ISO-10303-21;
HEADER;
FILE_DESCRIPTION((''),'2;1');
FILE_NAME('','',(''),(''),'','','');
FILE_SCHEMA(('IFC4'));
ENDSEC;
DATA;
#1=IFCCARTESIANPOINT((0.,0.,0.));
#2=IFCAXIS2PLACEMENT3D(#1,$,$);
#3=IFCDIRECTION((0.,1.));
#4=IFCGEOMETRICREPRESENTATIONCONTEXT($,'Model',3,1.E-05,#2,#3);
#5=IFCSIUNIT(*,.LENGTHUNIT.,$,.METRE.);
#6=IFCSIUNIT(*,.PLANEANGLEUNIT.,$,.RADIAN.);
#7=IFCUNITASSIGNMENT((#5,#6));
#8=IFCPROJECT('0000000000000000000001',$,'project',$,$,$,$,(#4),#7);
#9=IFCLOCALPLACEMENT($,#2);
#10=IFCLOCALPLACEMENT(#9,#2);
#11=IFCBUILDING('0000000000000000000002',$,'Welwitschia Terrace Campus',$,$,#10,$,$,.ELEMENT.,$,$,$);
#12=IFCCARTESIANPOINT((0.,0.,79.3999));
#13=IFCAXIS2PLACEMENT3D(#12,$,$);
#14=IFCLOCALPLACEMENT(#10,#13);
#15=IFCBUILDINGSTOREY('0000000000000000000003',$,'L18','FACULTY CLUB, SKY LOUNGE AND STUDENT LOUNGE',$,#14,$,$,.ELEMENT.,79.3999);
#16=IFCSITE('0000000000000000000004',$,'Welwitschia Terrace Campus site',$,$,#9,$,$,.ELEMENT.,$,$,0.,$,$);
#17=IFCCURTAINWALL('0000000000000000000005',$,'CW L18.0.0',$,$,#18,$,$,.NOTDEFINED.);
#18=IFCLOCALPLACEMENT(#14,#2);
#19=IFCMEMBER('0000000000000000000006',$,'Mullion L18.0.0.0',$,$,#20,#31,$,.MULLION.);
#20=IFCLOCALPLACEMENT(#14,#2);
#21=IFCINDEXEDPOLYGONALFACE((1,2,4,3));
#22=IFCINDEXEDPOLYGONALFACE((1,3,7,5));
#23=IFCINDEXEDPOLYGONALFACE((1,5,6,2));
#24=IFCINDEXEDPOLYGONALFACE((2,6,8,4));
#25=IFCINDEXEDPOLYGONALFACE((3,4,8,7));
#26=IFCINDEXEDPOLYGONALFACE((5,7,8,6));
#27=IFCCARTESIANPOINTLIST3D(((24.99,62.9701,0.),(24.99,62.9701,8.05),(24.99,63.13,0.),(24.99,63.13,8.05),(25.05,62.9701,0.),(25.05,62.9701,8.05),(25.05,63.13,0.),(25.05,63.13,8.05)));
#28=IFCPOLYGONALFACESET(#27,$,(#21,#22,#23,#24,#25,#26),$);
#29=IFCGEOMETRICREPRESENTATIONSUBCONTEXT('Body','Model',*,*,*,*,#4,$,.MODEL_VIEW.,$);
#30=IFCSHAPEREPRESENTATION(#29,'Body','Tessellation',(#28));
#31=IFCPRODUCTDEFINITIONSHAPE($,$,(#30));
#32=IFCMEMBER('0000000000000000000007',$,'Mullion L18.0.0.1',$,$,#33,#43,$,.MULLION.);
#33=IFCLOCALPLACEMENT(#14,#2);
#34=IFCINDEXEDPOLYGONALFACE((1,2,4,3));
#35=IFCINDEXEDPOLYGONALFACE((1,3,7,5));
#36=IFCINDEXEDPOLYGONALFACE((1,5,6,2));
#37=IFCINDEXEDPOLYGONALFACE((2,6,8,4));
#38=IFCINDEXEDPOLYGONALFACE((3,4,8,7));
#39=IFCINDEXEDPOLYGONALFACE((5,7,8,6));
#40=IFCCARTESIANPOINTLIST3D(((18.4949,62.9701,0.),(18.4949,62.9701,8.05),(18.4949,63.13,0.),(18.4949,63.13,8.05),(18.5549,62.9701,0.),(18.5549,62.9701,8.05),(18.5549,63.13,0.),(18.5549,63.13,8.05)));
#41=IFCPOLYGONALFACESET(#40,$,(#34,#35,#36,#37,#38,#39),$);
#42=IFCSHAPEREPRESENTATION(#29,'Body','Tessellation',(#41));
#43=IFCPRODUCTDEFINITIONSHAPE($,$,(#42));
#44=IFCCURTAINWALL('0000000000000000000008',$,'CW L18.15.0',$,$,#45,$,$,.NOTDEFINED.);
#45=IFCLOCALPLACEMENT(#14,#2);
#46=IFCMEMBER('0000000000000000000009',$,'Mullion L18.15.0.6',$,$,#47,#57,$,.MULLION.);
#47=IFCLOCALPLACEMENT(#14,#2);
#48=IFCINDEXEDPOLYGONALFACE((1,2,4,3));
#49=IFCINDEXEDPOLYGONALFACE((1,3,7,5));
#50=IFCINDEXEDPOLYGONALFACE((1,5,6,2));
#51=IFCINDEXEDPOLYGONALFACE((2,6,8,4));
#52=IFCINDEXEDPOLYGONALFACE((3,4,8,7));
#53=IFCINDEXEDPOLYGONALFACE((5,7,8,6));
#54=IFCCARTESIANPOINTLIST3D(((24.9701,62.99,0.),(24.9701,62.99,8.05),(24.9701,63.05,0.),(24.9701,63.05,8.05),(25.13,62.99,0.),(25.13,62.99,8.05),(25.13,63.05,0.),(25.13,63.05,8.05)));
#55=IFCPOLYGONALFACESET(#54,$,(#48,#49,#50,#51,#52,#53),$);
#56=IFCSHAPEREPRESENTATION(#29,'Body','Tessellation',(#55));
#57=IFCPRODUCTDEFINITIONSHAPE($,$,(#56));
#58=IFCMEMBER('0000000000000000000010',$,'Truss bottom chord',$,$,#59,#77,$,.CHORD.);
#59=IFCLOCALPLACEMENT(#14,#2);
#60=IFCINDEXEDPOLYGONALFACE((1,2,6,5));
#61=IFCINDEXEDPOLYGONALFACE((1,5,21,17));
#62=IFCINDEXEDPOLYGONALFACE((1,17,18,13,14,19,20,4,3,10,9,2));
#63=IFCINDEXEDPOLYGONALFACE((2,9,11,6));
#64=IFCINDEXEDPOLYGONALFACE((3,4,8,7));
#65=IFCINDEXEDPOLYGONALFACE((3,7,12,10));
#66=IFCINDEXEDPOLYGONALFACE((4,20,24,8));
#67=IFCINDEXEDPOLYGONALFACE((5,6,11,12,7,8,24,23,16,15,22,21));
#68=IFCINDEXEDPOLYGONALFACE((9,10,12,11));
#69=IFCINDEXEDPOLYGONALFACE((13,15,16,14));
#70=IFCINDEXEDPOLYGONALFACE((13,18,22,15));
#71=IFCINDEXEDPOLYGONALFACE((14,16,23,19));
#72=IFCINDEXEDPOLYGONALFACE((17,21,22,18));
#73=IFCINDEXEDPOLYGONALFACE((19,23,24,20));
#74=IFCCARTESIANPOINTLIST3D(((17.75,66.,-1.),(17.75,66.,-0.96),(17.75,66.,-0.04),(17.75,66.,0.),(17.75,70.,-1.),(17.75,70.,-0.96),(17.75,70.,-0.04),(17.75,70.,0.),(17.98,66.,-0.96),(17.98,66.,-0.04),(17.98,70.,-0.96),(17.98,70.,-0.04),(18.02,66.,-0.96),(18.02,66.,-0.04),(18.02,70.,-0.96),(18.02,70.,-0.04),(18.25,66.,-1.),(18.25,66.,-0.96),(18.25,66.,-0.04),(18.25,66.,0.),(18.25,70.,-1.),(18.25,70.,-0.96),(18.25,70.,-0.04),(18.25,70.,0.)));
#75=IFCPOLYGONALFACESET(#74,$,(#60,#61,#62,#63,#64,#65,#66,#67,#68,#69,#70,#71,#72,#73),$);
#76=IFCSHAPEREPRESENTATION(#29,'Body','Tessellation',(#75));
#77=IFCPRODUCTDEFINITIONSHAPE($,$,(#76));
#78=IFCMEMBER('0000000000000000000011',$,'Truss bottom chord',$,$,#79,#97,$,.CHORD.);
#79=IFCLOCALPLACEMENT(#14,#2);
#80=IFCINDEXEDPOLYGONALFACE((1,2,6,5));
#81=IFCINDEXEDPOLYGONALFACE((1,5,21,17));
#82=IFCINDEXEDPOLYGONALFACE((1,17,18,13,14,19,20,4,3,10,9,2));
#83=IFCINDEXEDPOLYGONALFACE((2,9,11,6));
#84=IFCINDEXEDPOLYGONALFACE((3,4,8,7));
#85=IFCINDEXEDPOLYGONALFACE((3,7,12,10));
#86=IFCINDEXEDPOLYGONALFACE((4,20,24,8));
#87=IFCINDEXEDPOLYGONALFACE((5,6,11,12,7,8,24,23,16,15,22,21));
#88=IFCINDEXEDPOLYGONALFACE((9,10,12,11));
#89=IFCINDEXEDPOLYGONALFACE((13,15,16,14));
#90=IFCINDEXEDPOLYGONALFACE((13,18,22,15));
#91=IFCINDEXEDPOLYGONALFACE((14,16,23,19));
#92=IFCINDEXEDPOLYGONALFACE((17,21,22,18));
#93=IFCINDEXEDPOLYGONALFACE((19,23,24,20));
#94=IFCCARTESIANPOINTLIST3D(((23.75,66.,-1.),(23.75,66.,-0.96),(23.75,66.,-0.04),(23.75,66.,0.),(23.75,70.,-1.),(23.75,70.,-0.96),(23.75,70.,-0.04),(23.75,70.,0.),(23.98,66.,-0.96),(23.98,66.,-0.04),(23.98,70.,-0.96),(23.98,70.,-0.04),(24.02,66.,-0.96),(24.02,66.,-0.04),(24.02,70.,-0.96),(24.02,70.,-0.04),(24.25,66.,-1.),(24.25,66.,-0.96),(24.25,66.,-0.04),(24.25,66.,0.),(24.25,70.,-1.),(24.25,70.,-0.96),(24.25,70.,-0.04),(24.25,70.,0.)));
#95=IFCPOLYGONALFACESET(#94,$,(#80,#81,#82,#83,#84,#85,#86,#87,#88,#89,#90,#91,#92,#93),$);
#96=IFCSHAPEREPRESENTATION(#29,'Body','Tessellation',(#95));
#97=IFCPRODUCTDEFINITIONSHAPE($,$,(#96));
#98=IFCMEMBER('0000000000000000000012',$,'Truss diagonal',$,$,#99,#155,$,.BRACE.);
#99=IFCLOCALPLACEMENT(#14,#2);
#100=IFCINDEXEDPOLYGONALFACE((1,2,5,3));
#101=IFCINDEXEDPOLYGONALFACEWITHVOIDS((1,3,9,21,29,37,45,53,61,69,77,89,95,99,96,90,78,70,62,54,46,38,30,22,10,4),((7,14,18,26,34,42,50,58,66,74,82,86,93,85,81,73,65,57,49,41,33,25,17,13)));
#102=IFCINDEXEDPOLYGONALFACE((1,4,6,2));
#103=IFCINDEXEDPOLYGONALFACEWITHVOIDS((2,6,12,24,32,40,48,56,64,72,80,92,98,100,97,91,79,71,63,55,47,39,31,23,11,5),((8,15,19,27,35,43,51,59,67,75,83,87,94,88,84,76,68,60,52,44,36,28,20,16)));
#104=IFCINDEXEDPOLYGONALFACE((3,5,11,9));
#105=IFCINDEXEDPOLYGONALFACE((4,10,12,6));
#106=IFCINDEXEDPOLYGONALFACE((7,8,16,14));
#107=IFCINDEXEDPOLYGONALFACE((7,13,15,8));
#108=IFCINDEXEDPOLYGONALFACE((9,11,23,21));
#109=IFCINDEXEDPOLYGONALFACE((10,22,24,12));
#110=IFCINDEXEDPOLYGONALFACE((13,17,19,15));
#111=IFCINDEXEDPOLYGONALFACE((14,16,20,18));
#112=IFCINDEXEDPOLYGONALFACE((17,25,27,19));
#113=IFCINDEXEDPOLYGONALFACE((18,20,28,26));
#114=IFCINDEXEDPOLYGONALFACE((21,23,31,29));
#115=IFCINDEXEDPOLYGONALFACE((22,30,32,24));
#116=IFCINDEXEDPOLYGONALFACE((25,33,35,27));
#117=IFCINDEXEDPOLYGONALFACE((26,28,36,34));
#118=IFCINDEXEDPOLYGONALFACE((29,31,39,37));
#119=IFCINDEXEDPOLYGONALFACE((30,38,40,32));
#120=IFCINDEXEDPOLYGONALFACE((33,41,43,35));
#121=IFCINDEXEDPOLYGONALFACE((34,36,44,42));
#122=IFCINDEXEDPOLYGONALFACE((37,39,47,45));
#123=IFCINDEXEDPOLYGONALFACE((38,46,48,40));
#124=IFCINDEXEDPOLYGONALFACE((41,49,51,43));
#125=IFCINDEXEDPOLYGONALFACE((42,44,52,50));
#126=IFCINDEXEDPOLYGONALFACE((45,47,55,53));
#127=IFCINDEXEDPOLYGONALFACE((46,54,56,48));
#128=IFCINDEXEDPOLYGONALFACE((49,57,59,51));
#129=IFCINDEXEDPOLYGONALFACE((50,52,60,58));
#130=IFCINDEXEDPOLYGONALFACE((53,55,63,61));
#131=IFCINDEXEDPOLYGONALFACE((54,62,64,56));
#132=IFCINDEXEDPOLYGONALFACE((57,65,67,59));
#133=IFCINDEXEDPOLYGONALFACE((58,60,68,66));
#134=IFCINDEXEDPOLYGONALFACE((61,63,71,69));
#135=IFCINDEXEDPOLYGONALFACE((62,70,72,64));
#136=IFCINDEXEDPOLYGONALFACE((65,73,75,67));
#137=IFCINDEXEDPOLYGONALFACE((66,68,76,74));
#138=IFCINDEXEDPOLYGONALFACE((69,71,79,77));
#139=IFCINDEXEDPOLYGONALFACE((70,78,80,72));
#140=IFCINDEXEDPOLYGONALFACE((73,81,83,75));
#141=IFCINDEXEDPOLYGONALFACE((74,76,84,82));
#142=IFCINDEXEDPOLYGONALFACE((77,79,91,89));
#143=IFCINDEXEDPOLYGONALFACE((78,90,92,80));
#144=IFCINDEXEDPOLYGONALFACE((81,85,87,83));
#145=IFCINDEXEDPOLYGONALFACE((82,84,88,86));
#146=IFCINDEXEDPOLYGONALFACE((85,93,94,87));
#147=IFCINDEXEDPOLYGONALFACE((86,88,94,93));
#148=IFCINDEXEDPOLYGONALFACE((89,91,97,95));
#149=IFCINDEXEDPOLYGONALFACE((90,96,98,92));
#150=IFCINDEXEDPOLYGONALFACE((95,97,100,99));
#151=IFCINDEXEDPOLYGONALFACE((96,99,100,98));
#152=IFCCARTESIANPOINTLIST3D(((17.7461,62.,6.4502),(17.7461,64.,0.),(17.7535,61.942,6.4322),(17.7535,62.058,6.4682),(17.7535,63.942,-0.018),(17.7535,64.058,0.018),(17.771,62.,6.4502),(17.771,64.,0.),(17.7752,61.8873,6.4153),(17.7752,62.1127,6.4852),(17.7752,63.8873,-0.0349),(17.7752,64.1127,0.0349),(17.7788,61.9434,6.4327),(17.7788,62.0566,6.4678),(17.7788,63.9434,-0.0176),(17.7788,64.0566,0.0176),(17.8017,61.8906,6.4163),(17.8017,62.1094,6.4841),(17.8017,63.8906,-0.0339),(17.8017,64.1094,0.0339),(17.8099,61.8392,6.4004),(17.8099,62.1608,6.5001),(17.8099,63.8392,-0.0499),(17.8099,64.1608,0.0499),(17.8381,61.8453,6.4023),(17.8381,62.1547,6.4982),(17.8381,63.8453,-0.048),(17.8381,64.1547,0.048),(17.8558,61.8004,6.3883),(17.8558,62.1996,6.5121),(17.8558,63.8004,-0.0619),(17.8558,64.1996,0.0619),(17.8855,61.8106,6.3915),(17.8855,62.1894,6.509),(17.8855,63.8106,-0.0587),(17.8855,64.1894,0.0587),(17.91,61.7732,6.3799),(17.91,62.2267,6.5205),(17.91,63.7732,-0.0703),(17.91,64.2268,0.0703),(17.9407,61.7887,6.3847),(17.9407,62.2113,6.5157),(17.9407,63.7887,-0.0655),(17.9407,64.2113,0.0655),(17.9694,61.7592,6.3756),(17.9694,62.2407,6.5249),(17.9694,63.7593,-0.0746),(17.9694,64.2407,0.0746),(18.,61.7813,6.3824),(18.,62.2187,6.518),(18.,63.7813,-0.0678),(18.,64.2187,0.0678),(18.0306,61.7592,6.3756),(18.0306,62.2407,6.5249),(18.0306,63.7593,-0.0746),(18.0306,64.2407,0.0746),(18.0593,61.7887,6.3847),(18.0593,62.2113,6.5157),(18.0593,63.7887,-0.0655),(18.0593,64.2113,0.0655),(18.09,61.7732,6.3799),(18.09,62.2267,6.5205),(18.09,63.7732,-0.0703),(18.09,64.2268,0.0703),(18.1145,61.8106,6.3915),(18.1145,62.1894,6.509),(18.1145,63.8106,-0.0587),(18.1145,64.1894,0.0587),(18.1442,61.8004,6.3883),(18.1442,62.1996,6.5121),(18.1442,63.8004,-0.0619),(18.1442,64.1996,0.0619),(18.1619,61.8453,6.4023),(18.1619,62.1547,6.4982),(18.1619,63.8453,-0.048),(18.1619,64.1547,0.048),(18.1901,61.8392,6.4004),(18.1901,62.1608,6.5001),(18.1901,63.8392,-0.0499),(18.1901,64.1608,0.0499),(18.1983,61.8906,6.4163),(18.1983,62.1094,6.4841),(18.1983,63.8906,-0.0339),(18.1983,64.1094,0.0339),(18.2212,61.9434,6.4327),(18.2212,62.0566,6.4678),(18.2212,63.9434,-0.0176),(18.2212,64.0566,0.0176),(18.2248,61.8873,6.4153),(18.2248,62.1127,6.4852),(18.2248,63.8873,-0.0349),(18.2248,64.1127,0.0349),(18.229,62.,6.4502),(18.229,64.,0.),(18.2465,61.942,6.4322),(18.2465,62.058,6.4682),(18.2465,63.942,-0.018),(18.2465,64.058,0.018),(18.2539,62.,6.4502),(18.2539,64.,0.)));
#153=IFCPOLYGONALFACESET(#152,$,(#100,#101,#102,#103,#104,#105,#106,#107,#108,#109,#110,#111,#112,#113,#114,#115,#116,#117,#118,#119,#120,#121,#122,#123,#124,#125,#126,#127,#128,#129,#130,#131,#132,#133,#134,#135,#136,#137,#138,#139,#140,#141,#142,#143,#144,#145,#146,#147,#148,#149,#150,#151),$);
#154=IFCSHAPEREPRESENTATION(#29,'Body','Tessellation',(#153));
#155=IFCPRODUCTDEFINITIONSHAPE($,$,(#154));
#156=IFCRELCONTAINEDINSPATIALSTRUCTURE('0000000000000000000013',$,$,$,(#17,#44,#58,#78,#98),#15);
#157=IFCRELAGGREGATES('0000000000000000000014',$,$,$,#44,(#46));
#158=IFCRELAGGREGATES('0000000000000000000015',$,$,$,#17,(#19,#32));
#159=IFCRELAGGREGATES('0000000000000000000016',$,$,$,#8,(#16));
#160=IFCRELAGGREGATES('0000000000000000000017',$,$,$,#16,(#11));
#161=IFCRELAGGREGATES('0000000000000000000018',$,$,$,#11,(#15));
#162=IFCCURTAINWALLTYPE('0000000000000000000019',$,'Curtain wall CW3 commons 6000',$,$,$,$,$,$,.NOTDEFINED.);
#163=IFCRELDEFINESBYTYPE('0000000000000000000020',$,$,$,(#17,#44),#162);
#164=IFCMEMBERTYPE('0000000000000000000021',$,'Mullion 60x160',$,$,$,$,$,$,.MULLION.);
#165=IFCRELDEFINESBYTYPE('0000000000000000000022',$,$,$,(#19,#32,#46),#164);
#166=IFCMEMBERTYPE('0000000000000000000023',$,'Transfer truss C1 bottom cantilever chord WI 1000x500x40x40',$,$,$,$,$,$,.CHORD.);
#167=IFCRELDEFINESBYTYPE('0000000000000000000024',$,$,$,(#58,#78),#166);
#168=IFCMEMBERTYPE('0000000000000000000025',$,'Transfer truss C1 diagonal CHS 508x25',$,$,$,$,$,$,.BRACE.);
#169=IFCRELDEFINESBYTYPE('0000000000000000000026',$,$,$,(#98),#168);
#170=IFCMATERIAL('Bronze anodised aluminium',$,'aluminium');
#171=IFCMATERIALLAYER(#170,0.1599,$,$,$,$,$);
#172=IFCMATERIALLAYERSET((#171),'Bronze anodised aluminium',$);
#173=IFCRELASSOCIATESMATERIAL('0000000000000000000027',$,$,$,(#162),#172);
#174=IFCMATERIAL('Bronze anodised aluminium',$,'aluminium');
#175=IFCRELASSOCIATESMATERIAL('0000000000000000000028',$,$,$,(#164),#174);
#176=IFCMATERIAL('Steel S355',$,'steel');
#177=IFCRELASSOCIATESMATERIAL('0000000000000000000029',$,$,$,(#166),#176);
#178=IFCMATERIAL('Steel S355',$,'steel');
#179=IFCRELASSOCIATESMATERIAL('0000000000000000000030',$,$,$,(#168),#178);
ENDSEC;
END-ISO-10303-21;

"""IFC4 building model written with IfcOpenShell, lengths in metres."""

from ifc_helpers import new_model, si_unit, direction, frame, origin, origin_2d, place, context, subcontext, project, spatial, rectangle, hollow_circle, i_section, extrude, material, layer, layer_set, material_profile, profile_set, type_object, element, aggregate, save


model = new_model("IFC4")

# Units and contexts
model_context = context("Model", 3, precision=1e-05, world=origin(), true_north=direction((0.0, 1.0)))
body_context = subcontext(model_context, "Body", "Model", "MODEL_VIEW")
ifc_project = project(units=[si_unit("LENGTHUNIT", "METRE"), si_unit("PLANEANGLEUNIT", "RADIAN")], contexts=[model_context])

# Site, building, storey
site_placement = place(None, origin())
site = spatial("IfcSite", under=ifc_project, at=site_placement, Name="Welwitschia Terrace Campus site", CompositionType="ELEMENT", RefElevation=0.0)
building_placement = place(site_placement, origin())
building = spatial("IfcBuilding", under=site, at=building_placement, Name="Welwitschia Terrace Campus", CompositionType="ELEMENT")
storey_placement = place(building_placement, frame((0.0, 0.0, 79.3999)))
storey = spatial("IfcBuildingStorey", under=building, at=storey_placement, Name="L18", Description="FACULTY CLUB, SKY LOUNGE AND STUDENT LOUNGE", CompositionType="ELEMENT", Elevation=79.3999)

# Curtain wall, members
ifc_material_1 = material(Name="Bronze anodised aluminium", Category="aluminium")
ifc_layer_1 = layer(ifc_material_1, 0.1599)
ifc_layer_set_1 = layer_set([ifc_layer_1], Name="Bronze anodised aluminium")
curtain_wall_type = type_object("IfcCurtainWallType", Name="Curtain wall CW3 commons 6000", PredefinedType="NOTDEFINED", material=ifc_layer_set_1)
curtain_wall_1_placement = place(storey_placement, origin())
curtain_wall_1 = element("IfcCurtainWall", 1, at=curtain_wall_1_placement, inside=storey, type_object=curtain_wall_type, Name="CW L18.0.0", PredefinedType="NOTDEFINED")
ifc_material_2 = material(Name="Bronze anodised aluminium", Category="aluminium")
ifc_material_profile_1 = material_profile(ifc_material_2, rectangle(XDim=0.1599, YDim=0.0601, at=origin_2d()))
ifc_profile_set_1 = profile_set([ifc_material_profile_1], Name="Bronze anodised aluminium")
member_type_1 = type_object("IfcMemberType", Name="Mullion 60x160", PredefinedType="MULLION", material=ifc_profile_set_1)
member_1_placement = place(storey_placement, frame((25.02, 63.05, 0.0), z_axis=(0.0, 0.0, 1.0), x_axis=(0.0, -1.0, 0.0)))
member_1 = element("IfcMember", 2, at=member_1_placement, type_object=member_type_1, Name="Mullion L18.0.0.0", PredefinedType="MULLION", context=body_context, shape_type="SweptSolid", body=[
    extrude(rectangle(XDim=0.1599, YDim=0.0601, at=origin_2d()), origin(), (0.0, 0.0, 1.0), 8.05),
])
member_2_placement = place(storey_placement, frame((18.5249, 63.05, 0.0), z_axis=(0.0, 0.0, 1.0), x_axis=(0.0, -1.0, 0.0)))
member_2 = element("IfcMember", 3, at=member_2_placement, type_object=member_type_1, Name="Mullion L18.0.0.1", PredefinedType="MULLION", context=body_context, shape_type="SweptSolid", body=[
    extrude(rectangle(XDim=0.1599, YDim=0.0601, at=origin_2d()), origin(), (0.0, 0.0, 1.0), 8.05),
])

# Curtain wall, member
curtain_wall_2_placement = place(storey_placement, origin())
curtain_wall_2 = element("IfcCurtainWall", 4, at=curtain_wall_2_placement, inside=storey, type_object=curtain_wall_type, Name="CW L18.15.0", PredefinedType="NOTDEFINED")
member_3_placement = place(storey_placement, frame((25.05, 63.02, 0.0), z_axis=(0.0, 0.0, 1.0), x_axis=(-1.0, 0.0, 0.0)))
member_3 = element("IfcMember", 5, at=member_3_placement, type_object=member_type_1, Name="Mullion L18.15.0.6", PredefinedType="MULLION", context=body_context, shape_type="SweptSolid", body=[
    extrude(rectangle(XDim=0.1599, YDim=0.0601, at=origin_2d()), origin(), (0.0, 0.0, 1.0), 8.05),
])
aggregate(curtain_wall_2, [member_3])

# Members
ifc_material_3 = material(Name="Steel S355", Category="steel")
ifc_material_profile_2 = material_profile(ifc_material_3, i_section(OverallWidth=0.5, OverallDepth=1.0, WebThickness=0.04, FlangeThickness=0.04, at=origin_2d()))
ifc_profile_set_2 = profile_set([ifc_material_profile_2], Name="Steel S355")
member_type_2 = type_object("IfcMemberType", Name="Transfer truss C1 bottom cantilever chord WI 1000x500x40x40", PredefinedType="CHORD", material=ifc_profile_set_2)
for number, where, z_axis, x_axis, name in (
    (6, (18.0, 66.0, -0.5), (0.0, 1.0, 0.0), (-1.0, 0.0, 0.0), "Truss bottom chord"),
    (7, (24.0, 66.0, -0.5), (0.0, 1.0, 0.0), (-1.0, 0.0, 0.0), "Truss bottom chord"),
):
    element("IfcMember", number, at=place(storey_placement, frame(where, z_axis=z_axis, x_axis=x_axis)), inside=storey, type_object=member_type_2, Name=name, PredefinedType="CHORD", context=body_context, shape_type="SweptSolid", body=[
        extrude(i_section(OverallWidth=0.5, OverallDepth=1.0, WebThickness=0.04, FlangeThickness=0.04, at=origin_2d()), origin(), (0.0, 0.0, 1.0), 4.0),
    ])
ifc_material_4 = material(Name="Steel S355", Category="steel")
ifc_material_profile_3 = material_profile(ifc_material_4, hollow_circle(Radius=0.2539, WallThickness=0.0249, at=origin_2d()))
ifc_profile_set_3 = profile_set([ifc_material_profile_3], Name="Steel S355")
member_type_3 = type_object("IfcMemberType", Name="Transfer truss C1 diagonal CHS 508x25", PredefinedType="BRACE", material=ifc_profile_set_3)
for number, where, z_axis, x_axis, name in (
    (8, (18.0, 64.0, 0.0), (0.0, -0.296158, 0.955139), (1.0, 0.0, 0.0), "Truss diagonal"),
):
    element("IfcMember", number, at=place(storey_placement, frame(where, z_axis=z_axis, x_axis=x_axis)), inside=storey, type_object=member_type_3, Name=name, PredefinedType="BRACE", context=body_context, shape_type="SweptSolid", body=[
        extrude(hollow_circle(Radius=0.2539, WallThickness=0.0249, at=origin_2d()), origin(), (0.0, 0.0, 1.0), 6.7532),
    ])

aggregate(curtain_wall_1, [member_1, member_2])

save(model, "model.ifc")
